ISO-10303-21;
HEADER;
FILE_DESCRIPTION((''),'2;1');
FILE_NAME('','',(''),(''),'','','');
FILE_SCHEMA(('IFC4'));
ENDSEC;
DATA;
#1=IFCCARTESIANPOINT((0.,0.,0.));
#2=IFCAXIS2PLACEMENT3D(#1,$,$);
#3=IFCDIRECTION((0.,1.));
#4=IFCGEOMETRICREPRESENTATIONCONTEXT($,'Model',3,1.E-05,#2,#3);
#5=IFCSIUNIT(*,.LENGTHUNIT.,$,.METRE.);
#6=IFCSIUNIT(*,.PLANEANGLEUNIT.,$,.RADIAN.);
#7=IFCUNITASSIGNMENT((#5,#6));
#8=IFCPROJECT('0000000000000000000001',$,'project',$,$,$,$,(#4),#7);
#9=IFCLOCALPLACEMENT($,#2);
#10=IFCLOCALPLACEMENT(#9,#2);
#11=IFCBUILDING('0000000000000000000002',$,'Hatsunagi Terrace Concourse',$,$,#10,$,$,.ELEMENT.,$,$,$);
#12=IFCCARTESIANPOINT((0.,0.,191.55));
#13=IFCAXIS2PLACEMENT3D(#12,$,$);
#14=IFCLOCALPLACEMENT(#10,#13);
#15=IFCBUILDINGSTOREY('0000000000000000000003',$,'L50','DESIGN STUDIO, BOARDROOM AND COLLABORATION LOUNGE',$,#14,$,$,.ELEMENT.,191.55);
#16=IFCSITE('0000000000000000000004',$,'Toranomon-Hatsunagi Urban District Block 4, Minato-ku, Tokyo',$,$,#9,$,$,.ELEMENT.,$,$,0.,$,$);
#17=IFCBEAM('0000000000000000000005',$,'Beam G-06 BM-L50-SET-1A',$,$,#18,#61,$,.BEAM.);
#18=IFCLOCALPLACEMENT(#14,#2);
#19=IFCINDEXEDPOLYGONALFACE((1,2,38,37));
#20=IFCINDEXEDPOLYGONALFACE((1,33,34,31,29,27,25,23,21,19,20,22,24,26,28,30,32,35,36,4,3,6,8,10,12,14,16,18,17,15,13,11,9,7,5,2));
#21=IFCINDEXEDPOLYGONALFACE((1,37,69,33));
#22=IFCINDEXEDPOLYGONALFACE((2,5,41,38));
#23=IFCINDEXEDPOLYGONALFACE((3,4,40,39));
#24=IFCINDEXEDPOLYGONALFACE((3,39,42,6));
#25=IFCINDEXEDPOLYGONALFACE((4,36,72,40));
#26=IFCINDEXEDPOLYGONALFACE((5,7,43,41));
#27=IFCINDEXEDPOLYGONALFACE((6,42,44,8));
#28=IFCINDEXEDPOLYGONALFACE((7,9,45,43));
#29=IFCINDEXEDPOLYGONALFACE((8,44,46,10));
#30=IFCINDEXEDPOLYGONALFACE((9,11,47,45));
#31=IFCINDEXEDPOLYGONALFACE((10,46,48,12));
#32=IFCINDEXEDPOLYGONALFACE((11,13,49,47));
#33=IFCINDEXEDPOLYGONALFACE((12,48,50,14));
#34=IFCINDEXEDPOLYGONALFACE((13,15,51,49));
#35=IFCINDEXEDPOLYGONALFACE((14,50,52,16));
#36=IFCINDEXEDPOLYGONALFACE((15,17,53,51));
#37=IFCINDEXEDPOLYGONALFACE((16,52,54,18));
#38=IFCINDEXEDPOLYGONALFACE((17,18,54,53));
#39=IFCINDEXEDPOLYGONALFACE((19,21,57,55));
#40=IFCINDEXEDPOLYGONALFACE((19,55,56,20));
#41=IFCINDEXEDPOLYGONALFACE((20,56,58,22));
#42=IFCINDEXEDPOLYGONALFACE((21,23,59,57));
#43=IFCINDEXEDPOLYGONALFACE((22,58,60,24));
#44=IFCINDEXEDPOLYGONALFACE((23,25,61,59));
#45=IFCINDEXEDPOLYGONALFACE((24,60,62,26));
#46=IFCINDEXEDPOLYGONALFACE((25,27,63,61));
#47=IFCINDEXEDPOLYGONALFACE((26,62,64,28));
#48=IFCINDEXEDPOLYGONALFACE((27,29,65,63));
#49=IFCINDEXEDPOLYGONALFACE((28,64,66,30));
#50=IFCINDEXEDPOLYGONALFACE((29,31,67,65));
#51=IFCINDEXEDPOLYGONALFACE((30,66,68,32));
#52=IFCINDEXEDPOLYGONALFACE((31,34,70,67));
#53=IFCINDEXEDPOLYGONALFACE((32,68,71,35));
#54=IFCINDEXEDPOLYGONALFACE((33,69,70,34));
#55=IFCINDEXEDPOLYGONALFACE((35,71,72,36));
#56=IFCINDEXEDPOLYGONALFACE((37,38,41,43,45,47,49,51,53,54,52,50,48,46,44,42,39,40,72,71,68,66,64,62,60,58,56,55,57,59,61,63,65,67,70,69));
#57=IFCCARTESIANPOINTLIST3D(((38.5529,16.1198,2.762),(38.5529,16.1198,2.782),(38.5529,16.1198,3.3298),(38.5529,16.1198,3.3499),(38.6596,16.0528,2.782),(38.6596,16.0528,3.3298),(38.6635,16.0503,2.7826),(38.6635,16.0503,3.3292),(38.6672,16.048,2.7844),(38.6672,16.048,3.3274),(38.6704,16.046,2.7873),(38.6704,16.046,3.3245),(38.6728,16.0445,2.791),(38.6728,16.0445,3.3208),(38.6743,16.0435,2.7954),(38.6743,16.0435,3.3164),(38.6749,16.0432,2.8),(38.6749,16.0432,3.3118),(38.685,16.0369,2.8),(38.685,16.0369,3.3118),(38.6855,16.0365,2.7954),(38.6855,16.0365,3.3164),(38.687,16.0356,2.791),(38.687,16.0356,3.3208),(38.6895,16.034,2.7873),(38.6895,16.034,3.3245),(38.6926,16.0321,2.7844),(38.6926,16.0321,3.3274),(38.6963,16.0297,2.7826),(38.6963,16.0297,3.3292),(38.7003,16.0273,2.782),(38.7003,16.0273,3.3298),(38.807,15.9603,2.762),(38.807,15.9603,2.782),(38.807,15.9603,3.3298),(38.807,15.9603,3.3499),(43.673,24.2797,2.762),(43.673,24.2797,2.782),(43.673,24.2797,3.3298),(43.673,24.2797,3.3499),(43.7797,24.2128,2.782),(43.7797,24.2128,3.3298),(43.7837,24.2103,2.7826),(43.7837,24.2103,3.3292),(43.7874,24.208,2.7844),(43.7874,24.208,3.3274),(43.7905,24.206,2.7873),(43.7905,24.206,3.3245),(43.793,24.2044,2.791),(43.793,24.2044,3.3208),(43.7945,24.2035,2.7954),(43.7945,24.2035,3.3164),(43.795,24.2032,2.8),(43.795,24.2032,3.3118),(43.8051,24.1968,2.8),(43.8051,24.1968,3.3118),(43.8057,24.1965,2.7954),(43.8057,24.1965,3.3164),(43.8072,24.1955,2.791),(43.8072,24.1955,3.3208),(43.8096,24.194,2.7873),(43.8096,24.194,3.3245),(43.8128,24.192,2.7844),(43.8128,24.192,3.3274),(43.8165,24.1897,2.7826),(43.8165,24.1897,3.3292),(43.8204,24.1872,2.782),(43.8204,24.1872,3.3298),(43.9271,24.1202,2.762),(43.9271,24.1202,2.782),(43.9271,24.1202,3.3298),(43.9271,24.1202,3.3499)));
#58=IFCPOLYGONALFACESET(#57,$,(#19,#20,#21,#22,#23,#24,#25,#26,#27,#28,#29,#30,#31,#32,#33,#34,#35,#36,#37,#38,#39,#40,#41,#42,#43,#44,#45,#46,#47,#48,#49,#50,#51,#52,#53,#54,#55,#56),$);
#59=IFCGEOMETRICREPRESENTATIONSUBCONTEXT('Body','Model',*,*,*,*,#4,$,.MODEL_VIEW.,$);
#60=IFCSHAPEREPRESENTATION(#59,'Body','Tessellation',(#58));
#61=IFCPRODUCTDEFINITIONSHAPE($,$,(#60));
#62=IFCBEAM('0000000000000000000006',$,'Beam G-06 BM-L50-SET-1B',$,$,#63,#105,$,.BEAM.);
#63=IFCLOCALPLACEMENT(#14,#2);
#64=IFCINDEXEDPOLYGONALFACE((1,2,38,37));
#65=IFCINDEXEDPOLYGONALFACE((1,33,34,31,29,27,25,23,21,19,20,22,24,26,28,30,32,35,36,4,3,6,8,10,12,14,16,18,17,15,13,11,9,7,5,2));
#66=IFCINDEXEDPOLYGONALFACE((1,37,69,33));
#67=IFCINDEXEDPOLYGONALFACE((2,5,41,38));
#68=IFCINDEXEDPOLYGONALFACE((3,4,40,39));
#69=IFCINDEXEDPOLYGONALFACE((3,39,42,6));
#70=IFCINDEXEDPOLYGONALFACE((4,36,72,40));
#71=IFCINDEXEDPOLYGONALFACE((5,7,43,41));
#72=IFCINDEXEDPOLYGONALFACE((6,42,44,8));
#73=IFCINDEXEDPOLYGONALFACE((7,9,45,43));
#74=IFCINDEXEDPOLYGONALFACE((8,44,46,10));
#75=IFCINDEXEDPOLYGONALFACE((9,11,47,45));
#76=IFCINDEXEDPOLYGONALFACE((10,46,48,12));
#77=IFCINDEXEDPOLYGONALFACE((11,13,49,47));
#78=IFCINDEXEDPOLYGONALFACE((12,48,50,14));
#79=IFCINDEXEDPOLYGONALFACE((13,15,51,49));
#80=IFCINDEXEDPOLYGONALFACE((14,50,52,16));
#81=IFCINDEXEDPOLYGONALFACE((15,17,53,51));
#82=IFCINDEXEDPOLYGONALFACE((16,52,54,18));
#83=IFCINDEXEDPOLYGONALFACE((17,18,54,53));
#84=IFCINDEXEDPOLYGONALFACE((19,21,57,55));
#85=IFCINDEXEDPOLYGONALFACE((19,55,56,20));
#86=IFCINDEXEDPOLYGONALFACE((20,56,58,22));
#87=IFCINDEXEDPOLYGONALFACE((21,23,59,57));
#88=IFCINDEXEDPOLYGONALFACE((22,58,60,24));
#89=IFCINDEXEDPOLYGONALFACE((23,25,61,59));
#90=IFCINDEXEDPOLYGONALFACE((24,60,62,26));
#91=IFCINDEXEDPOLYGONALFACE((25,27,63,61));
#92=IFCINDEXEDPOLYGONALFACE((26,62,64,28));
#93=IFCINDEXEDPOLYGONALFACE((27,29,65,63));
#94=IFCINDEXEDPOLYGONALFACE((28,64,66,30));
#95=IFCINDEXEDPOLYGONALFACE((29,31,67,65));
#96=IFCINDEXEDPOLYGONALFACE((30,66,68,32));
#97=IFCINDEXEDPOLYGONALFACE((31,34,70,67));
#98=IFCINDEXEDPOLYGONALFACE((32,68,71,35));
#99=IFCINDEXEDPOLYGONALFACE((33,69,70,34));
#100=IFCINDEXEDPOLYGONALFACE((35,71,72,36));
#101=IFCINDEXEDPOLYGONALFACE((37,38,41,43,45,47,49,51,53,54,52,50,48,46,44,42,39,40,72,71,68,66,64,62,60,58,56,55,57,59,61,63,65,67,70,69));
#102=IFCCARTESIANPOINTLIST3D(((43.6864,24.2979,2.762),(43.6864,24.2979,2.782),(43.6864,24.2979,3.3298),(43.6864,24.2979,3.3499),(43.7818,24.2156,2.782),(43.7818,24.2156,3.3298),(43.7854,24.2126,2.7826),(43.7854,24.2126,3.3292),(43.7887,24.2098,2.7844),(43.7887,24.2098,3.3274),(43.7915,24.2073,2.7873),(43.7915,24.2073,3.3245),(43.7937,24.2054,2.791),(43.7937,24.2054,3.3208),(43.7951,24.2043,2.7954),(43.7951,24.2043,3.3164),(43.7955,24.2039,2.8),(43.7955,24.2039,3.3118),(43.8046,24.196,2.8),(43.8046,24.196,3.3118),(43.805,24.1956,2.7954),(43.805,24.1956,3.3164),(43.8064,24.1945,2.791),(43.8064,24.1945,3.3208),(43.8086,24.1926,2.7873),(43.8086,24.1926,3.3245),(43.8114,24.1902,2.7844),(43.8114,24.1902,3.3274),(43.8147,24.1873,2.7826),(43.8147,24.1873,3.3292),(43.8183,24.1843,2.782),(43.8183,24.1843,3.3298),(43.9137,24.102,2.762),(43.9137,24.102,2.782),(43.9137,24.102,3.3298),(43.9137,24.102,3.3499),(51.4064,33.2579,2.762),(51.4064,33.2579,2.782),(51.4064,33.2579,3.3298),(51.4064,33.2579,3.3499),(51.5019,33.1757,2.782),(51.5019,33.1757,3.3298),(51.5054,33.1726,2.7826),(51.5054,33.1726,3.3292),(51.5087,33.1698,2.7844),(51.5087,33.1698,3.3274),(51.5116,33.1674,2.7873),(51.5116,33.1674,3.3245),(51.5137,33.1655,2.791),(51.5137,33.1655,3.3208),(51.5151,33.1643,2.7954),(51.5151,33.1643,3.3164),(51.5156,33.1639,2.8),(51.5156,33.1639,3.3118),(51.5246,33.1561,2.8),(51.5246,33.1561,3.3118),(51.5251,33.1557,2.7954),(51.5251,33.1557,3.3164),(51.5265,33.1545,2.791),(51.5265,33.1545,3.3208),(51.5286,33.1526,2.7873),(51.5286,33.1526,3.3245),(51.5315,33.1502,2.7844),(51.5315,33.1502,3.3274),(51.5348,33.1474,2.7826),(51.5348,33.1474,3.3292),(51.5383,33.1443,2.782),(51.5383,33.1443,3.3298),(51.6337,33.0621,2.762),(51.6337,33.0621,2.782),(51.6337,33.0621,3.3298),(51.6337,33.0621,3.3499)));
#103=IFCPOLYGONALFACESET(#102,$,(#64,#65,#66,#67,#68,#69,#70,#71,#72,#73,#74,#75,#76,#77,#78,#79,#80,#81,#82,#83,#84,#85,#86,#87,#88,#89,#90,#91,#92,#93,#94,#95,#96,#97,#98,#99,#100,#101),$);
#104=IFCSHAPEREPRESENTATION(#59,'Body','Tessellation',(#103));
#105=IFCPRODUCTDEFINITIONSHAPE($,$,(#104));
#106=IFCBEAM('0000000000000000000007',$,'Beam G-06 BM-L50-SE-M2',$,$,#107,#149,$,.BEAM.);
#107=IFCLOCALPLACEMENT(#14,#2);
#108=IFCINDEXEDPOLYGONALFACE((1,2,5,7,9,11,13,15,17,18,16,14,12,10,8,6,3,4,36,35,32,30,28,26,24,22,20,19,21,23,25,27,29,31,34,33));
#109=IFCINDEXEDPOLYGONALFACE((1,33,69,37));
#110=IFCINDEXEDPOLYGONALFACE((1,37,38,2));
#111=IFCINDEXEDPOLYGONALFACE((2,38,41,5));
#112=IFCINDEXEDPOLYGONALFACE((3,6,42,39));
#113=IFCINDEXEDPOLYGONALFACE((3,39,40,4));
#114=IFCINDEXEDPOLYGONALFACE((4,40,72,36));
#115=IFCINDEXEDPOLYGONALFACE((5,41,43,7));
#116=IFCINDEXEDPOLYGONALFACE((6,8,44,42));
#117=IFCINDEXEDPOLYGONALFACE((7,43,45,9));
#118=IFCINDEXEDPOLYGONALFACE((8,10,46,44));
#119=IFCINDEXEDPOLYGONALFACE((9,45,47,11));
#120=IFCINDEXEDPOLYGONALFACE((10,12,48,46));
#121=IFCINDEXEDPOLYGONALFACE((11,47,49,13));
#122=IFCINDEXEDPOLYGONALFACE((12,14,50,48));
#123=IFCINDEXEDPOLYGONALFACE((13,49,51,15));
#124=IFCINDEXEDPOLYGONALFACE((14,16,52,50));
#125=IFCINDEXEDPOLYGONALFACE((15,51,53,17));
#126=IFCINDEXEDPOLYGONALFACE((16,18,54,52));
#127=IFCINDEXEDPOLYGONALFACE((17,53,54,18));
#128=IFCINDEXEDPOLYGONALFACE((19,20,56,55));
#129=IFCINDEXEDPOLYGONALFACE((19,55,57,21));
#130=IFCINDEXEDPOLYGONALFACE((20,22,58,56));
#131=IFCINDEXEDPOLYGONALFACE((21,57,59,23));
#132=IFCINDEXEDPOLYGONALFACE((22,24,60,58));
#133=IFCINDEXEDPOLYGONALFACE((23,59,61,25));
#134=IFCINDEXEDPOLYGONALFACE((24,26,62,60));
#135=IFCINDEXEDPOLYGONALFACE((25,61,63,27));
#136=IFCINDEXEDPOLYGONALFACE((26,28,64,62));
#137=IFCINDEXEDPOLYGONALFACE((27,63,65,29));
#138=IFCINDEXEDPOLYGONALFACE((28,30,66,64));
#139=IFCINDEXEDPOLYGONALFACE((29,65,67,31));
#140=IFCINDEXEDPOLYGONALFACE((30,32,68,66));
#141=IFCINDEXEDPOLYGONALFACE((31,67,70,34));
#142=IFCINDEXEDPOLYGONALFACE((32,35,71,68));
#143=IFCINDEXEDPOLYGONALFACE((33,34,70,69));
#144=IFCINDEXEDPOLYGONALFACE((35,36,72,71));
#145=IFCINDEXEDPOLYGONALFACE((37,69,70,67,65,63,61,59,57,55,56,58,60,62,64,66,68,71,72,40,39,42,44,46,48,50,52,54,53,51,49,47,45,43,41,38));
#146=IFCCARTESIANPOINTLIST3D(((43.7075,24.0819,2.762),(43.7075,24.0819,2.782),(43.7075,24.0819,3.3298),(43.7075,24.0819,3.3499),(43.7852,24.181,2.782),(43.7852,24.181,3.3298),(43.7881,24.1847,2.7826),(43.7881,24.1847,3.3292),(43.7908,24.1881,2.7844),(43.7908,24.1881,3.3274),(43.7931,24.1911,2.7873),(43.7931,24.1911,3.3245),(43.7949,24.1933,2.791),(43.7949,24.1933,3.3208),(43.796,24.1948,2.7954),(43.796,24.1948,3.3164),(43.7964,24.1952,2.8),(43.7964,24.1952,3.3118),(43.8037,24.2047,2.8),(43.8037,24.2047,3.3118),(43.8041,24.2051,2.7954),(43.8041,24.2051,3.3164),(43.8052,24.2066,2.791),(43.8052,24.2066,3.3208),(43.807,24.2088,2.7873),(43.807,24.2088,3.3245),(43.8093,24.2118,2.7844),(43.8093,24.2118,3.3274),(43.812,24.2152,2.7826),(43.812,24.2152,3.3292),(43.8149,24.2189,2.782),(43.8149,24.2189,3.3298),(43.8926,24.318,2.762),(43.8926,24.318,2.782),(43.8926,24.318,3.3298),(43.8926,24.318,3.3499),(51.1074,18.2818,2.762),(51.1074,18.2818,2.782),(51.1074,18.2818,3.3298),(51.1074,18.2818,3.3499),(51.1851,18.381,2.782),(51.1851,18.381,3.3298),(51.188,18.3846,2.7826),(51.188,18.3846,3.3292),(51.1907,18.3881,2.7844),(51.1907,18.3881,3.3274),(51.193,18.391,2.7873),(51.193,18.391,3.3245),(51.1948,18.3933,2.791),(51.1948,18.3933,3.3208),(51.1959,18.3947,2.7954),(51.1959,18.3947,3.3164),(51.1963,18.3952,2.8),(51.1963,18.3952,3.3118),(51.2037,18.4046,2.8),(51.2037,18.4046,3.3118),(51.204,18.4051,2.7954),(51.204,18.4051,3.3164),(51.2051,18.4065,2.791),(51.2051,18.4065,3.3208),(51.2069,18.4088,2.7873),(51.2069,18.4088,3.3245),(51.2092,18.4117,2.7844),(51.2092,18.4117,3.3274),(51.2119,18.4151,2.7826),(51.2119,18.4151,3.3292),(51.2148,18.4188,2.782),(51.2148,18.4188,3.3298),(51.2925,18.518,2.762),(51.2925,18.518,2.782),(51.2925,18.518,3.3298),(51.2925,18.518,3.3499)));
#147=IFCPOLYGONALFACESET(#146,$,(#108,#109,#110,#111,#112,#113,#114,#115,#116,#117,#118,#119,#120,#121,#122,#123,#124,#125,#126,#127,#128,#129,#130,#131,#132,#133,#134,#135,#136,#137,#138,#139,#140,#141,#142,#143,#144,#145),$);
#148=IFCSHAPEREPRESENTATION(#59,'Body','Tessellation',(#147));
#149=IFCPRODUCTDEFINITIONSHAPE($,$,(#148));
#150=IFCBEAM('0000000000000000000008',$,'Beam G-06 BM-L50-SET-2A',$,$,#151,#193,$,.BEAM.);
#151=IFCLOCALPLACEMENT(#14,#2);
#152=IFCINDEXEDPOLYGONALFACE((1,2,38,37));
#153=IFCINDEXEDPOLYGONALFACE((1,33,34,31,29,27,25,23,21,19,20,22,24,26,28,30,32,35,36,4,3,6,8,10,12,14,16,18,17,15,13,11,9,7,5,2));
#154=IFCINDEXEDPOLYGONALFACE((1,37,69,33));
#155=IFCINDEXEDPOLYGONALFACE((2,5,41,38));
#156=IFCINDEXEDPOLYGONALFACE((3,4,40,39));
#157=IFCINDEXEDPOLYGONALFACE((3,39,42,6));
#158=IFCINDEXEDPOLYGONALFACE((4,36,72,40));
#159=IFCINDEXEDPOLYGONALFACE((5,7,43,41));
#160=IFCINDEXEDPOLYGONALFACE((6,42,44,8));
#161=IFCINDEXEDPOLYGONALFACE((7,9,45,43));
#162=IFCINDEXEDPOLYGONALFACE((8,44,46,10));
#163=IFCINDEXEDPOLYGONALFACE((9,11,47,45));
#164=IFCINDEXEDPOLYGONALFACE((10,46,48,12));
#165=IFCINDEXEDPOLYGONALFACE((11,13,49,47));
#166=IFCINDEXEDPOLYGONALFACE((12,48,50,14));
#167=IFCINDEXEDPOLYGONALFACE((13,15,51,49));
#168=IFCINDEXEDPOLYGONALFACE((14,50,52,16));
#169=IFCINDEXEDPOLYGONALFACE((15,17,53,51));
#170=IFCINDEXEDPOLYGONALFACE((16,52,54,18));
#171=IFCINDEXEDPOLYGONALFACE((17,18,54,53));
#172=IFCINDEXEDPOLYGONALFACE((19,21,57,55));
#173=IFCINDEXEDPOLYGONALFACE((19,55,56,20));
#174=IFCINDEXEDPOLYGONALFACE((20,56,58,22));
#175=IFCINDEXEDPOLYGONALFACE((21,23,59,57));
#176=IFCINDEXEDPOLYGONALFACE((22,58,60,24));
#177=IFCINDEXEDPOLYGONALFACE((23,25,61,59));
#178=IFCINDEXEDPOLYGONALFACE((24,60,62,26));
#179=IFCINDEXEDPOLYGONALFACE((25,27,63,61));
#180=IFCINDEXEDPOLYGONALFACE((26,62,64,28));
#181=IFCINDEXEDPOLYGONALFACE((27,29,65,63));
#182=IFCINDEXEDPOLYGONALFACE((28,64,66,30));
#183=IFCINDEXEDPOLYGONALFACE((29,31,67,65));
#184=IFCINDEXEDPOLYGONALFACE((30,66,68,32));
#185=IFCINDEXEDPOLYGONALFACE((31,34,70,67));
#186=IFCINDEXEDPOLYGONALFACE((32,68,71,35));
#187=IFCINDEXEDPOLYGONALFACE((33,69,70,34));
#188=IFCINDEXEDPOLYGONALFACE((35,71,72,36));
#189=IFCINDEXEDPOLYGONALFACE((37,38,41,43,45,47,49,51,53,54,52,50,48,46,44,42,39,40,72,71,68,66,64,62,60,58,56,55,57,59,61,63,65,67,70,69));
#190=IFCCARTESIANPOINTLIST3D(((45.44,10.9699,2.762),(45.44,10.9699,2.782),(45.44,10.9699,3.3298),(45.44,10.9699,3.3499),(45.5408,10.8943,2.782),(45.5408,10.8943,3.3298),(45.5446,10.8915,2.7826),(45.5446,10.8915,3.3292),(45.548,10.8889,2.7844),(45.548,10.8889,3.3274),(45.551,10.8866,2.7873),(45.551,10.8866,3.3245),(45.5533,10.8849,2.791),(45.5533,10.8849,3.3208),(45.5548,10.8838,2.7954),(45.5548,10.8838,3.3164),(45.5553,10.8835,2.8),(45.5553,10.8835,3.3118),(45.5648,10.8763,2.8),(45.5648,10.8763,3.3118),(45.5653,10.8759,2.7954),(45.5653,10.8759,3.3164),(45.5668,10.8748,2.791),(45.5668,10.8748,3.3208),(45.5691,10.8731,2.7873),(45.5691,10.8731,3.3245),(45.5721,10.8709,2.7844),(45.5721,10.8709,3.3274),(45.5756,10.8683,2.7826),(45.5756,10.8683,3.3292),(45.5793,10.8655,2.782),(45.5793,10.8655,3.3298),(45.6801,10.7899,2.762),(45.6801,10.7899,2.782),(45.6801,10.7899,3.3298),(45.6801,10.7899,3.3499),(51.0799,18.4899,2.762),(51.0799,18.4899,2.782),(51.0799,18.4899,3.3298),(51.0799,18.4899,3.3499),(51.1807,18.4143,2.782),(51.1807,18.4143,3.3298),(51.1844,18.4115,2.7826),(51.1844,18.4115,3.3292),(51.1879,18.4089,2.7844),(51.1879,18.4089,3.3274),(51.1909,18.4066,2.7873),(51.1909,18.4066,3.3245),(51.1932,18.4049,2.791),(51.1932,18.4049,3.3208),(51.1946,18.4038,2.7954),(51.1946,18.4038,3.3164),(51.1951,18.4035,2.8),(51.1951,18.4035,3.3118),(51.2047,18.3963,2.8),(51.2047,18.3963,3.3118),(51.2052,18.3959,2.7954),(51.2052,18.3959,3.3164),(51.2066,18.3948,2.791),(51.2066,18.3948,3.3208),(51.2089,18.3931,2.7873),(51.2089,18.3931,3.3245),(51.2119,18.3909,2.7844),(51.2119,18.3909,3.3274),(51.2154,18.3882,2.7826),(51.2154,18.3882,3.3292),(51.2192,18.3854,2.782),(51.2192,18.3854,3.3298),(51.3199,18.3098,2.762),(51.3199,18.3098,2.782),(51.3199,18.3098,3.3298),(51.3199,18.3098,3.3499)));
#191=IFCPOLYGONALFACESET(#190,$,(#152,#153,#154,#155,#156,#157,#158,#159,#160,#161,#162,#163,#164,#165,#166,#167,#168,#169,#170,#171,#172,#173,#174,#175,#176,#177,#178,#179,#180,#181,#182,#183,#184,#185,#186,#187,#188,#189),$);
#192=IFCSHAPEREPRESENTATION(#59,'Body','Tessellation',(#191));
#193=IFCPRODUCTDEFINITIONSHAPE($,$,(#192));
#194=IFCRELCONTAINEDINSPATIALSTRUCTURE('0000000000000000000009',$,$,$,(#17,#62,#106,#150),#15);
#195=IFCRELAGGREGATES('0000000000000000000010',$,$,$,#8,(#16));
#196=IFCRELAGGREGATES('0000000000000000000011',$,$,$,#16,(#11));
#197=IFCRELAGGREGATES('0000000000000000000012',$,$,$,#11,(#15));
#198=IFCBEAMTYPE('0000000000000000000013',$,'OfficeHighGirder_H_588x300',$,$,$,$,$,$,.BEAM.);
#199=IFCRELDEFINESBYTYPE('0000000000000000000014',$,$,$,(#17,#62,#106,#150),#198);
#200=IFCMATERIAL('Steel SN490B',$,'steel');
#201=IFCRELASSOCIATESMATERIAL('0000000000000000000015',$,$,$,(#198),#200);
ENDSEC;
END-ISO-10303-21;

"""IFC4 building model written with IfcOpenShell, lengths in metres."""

from ifc_helpers import new_model, si_unit, direction, frame, origin, origin_2d, place, context, subcontext, project, spatial, i_section, extrude, material, material_profile, profile_set, type_object, element, save


model = new_model("IFC4")

# Units and contexts
model_context = context("Model", 3, precision=1e-05, world=origin(), true_north=direction((0.0, 1.0)))
body_context = subcontext(model_context, "Body", "Model", "MODEL_VIEW")
ifc_project = project(units=[si_unit("LENGTHUNIT", "METRE"), si_unit("PLANEANGLEUNIT", "RADIAN")], contexts=[model_context])

# Site, building, storey
site_placement = place(None, origin())
site = spatial("IfcSite", under=ifc_project, at=site_placement, Name="Toranomon-Hatsunagi Urban District Block 4, Minato-ku, Tokyo", CompositionType="ELEMENT", RefElevation=0.0)
building_placement = place(site_placement, origin())
building = spatial("IfcBuilding", under=site, at=building_placement, Name="Hatsunagi Terrace Concourse", CompositionType="ELEMENT")
storey_placement = place(building_placement, frame((0.0, 0.0, 191.55)))
storey = spatial("IfcBuildingStorey", under=building, at=storey_placement, Name="L50", Description="DESIGN STUDIO, BOARDROOM AND COLLABORATION LOUNGE", CompositionType="ELEMENT", Elevation=191.55)

# Beams
ifc_material_1 = material(Name="Steel SN490B", Category="steel")
ifc_material_profile_1 = material_profile(ifc_material_1, i_section(OverallWidth=0.3, OverallDepth=0.5879, WebThickness=0.012, FlangeThickness=0.02, FilletRadius=0.0181, at=origin_2d()), Name="H-588x300x12x20")
ifc_profile_set_1 = profile_set([ifc_material_profile_1], Name="Steel SN490B")
beam_type_1 = type_object("IfcBeamType", Name="OfficeHighGirder_H_588x300", PredefinedType="BEAM", material=ifc_profile_set_1)
beam_1_placement = place(storey_placement, frame((38.6799, 16.04, 3.0559), z_axis=(0.531504, 0.847056, 0.0), x_axis=(-0.847056, 0.531504, 0.0)))
element("IfcBeam", 1, at=beam_1_placement, inside=storey, type_object=beam_type_1, Name="Beam G-06 BM-L50-SET-1A", PredefinedType="BEAM", context=body_context, shape_type="SweptSolid", body=[
    extrude(i_section(OverallWidth=0.3, OverallDepth=0.5879, WebThickness=0.012, FlangeThickness=0.02, FilletRadius=0.0181, at=origin_2d()), origin(), (0.0, 0.0, 1.0), 9.6333),
])
beam_2_placement = place(storey_placement, frame((43.8, 24.2, 3.0559), z_axis=(0.652739, 0.757583, 0.0), x_axis=(-0.757583, 0.652739, 0.0)))
element("IfcBeam", 2, at=beam_2_placement, inside=storey, type_object=beam_type_1, Name="Beam G-06 BM-L50-SET-1B", PredefinedType="BEAM", context=body_context, shape_type="SweptSolid", body=[
    extrude(i_section(OverallWidth=0.3, OverallDepth=0.5879, WebThickness=0.012, FlangeThickness=0.02, FilletRadius=0.0181, at=origin_2d()), origin(), (0.0, 0.0, 1.0), 11.8271),
])
beam_3_placement = place(storey_placement, frame((43.8, 24.2, 3.0559), z_axis=(0.787049, -0.61689, 0.0), x_axis=(0.61689, 0.787049, 0.0)))
element("IfcBeam", 3, at=beam_3_placement, inside=storey, type_object=beam_type_1, Name="Beam G-06 BM-L50-SE-M2", PredefinedType="BEAM", context=body_context, shape_type="SweptSolid", body=[
    extrude(i_section(OverallWidth=0.3, OverallDepth=0.5879, WebThickness=0.012, FlangeThickness=0.02, FilletRadius=0.0181, at=origin_2d()), origin(), (0.0, 0.0, 1.0), 9.4021),
])
beam_4_placement = place(storey_placement, frame((45.5601, 10.8799, 3.0559), z_axis=(0.599992, 0.800006, 0.0), x_axis=(-0.800006, 0.599992, 0.0)))
element("IfcBeam", 4, at=beam_4_placement, inside=storey, type_object=beam_type_1, Name="Beam G-06 BM-L50-SET-2A", PredefinedType="BEAM", context=body_context, shape_type="SweptSolid", body=[
    extrude(i_section(OverallWidth=0.3, OverallDepth=0.5879, WebThickness=0.012, FlangeThickness=0.02, FilletRadius=0.0181, at=origin_2d()), origin(), (0.0, 0.0, 1.0), 9.3999),
])

save(model, "model.ifc")
